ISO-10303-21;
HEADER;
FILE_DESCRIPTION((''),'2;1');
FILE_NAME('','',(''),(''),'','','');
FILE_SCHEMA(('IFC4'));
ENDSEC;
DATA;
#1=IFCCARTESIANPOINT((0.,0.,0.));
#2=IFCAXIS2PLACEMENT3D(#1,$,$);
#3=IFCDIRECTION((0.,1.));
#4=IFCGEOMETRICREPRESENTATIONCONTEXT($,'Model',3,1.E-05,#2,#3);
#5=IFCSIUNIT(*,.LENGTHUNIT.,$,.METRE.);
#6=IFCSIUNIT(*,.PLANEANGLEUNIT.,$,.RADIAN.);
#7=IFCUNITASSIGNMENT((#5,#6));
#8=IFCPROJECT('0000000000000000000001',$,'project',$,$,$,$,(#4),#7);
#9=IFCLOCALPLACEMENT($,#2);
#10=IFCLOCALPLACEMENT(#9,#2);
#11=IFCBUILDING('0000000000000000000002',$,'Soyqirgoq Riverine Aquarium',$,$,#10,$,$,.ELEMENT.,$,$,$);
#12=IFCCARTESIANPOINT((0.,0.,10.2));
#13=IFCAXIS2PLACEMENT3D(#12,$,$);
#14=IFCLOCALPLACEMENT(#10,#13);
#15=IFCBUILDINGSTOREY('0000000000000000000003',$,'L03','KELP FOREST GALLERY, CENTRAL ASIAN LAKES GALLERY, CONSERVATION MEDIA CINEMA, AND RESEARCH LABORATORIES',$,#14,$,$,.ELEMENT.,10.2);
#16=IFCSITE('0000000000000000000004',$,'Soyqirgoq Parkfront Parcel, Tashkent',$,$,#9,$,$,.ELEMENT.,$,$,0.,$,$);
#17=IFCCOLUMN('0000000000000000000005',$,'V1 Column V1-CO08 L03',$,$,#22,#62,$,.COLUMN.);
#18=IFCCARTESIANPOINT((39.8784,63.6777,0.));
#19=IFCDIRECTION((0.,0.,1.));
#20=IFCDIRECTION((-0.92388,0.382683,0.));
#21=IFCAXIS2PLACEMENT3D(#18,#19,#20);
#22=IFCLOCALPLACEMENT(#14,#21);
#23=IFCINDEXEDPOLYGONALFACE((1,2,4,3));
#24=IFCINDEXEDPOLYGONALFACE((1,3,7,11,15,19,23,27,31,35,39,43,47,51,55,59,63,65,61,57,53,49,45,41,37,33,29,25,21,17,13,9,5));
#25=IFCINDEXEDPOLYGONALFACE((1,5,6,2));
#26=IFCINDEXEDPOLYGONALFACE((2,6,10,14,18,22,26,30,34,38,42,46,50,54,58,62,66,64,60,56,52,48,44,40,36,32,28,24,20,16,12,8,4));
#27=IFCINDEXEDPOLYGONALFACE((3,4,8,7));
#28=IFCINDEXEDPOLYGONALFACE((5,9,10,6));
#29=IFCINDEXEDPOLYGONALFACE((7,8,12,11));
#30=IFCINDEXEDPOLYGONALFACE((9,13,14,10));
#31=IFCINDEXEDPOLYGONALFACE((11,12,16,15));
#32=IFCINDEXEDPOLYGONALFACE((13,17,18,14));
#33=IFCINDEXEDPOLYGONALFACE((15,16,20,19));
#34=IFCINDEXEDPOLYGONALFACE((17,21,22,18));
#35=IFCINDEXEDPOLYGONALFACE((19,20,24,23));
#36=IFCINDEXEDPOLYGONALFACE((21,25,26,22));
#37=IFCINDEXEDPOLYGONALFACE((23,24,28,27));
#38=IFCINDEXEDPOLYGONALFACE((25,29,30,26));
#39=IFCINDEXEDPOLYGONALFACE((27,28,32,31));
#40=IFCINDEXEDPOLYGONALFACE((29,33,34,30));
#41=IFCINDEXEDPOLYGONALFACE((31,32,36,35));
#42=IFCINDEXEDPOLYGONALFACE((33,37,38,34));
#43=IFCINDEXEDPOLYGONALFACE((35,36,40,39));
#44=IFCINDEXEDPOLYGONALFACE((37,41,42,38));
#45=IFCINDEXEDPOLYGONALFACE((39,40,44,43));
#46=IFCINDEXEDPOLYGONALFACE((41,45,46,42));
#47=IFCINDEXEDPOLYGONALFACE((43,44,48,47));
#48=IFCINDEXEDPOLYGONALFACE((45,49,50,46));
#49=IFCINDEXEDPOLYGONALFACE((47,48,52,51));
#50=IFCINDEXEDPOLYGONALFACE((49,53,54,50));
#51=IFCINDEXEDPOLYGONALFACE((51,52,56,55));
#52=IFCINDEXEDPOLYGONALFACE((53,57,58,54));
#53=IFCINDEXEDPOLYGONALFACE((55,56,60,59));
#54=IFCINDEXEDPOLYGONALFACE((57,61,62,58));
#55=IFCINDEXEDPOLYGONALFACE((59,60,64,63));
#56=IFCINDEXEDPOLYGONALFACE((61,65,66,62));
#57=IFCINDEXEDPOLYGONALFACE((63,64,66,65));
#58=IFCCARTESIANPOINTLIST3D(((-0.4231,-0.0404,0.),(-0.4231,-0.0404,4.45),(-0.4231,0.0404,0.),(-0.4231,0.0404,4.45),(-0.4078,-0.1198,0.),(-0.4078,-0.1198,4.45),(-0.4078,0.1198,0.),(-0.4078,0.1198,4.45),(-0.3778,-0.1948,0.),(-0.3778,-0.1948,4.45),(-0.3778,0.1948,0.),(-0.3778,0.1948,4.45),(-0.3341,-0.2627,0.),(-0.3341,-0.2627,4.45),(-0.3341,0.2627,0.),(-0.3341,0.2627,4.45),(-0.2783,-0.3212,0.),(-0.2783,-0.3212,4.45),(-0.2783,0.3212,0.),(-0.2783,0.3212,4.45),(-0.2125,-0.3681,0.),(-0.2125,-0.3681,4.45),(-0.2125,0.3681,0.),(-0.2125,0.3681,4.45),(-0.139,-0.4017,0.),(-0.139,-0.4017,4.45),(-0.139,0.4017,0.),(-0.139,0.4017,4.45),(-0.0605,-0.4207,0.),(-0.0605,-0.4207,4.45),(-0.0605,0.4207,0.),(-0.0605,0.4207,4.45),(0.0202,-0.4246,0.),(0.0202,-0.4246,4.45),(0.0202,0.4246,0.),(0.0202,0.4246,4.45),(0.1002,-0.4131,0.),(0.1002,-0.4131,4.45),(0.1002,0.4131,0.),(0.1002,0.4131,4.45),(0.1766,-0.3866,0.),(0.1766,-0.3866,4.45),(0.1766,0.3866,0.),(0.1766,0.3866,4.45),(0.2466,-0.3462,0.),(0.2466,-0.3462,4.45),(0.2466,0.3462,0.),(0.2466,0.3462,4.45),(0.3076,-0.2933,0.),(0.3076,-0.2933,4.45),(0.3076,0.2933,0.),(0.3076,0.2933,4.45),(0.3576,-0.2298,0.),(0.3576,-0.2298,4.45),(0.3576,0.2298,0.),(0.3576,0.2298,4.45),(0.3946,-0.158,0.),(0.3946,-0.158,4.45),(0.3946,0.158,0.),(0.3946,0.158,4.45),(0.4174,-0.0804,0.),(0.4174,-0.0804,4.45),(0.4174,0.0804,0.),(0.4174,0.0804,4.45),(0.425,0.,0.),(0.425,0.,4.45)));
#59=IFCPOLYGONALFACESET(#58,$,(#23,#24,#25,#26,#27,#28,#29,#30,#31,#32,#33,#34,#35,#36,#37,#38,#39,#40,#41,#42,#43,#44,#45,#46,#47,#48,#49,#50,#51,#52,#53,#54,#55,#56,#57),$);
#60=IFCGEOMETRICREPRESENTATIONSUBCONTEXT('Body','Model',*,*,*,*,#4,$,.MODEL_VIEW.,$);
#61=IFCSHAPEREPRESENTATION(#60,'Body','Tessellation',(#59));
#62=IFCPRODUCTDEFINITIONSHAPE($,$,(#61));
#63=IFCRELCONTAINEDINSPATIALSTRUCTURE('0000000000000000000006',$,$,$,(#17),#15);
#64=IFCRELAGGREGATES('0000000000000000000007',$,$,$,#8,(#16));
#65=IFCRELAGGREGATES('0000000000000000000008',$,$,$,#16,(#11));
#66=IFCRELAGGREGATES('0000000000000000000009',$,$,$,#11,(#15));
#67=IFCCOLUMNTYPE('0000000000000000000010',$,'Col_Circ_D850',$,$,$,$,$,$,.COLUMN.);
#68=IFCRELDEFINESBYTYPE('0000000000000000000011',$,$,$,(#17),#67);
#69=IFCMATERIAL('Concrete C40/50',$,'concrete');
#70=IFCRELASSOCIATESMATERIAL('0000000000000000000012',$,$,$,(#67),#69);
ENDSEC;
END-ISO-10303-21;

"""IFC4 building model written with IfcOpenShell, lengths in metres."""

from ifc_helpers import new_model, si_unit, direction, frame, origin, origin_2d, place, context, subcontext, project, spatial, circle, extrude, material, material_profile, profile_set, type_object, element, save


model = new_model("IFC4")

# Units and contexts
model_context = context("Model", 3, precision=1e-05, world=origin(), true_north=direction((0.0, 1.0)))
body_context = subcontext(model_context, "Body", "Model", "MODEL_VIEW")
ifc_project = project(units=[si_unit("LENGTHUNIT", "METRE"), si_unit("PLANEANGLEUNIT", "RADIAN")], contexts=[model_context])

# Site, building, storey
site_placement = place(None, origin())
site = spatial("IfcSite", under=ifc_project, at=site_placement, Name="Soyqirgoq Parkfront Parcel, Tashkent", CompositionType="ELEMENT", RefElevation=0.0)
building_placement = place(site_placement, origin())
building = spatial("IfcBuilding", under=site, at=building_placement, Name="Soyqirgoq Riverine Aquarium", CompositionType="ELEMENT")
storey_placement = place(building_placement, frame((0.0, 0.0, 10.2)))
storey = spatial("IfcBuildingStorey", under=building, at=storey_placement, Name="L03", Description="KELP FOREST GALLERY, CENTRAL ASIAN LAKES GALLERY, CONSERVATION MEDIA CINEMA, AND RESEARCH LABORATORIES", CompositionType="ELEMENT", Elevation=10.2)

# Column
ifc_material_1 = material(Name="Concrete C40/50", Category="concrete")
ifc_material_profile_1 = material_profile(ifc_material_1, circle(Radius=0.425, at=origin_2d()), Name="RC-COL D850")
ifc_profile_set_1 = profile_set([ifc_material_profile_1], Name="Concrete C40/50")
column_type_1 = type_object("IfcColumnType", Name="Col_Circ_D850", PredefinedType="COLUMN", material=ifc_profile_set_1)
column_1_placement = place(storey_placement, frame((39.8784, 63.6777, 0.0), z_axis=(0.0, 0.0, 1.0), x_axis=(-0.92388, 0.382683, 0.0)))
element("IfcColumn", 1, at=column_1_placement, inside=storey, type_object=column_type_1, Name="V1 Column V1-CO08 L03", PredefinedType="COLUMN", context=body_context, shape_type="SweptSolid", body=[
    extrude(circle(Radius=0.425, at=origin_2d()), origin(), (0.0, 0.0, 1.0), 4.45),
])

save(model, "model.ifc")
